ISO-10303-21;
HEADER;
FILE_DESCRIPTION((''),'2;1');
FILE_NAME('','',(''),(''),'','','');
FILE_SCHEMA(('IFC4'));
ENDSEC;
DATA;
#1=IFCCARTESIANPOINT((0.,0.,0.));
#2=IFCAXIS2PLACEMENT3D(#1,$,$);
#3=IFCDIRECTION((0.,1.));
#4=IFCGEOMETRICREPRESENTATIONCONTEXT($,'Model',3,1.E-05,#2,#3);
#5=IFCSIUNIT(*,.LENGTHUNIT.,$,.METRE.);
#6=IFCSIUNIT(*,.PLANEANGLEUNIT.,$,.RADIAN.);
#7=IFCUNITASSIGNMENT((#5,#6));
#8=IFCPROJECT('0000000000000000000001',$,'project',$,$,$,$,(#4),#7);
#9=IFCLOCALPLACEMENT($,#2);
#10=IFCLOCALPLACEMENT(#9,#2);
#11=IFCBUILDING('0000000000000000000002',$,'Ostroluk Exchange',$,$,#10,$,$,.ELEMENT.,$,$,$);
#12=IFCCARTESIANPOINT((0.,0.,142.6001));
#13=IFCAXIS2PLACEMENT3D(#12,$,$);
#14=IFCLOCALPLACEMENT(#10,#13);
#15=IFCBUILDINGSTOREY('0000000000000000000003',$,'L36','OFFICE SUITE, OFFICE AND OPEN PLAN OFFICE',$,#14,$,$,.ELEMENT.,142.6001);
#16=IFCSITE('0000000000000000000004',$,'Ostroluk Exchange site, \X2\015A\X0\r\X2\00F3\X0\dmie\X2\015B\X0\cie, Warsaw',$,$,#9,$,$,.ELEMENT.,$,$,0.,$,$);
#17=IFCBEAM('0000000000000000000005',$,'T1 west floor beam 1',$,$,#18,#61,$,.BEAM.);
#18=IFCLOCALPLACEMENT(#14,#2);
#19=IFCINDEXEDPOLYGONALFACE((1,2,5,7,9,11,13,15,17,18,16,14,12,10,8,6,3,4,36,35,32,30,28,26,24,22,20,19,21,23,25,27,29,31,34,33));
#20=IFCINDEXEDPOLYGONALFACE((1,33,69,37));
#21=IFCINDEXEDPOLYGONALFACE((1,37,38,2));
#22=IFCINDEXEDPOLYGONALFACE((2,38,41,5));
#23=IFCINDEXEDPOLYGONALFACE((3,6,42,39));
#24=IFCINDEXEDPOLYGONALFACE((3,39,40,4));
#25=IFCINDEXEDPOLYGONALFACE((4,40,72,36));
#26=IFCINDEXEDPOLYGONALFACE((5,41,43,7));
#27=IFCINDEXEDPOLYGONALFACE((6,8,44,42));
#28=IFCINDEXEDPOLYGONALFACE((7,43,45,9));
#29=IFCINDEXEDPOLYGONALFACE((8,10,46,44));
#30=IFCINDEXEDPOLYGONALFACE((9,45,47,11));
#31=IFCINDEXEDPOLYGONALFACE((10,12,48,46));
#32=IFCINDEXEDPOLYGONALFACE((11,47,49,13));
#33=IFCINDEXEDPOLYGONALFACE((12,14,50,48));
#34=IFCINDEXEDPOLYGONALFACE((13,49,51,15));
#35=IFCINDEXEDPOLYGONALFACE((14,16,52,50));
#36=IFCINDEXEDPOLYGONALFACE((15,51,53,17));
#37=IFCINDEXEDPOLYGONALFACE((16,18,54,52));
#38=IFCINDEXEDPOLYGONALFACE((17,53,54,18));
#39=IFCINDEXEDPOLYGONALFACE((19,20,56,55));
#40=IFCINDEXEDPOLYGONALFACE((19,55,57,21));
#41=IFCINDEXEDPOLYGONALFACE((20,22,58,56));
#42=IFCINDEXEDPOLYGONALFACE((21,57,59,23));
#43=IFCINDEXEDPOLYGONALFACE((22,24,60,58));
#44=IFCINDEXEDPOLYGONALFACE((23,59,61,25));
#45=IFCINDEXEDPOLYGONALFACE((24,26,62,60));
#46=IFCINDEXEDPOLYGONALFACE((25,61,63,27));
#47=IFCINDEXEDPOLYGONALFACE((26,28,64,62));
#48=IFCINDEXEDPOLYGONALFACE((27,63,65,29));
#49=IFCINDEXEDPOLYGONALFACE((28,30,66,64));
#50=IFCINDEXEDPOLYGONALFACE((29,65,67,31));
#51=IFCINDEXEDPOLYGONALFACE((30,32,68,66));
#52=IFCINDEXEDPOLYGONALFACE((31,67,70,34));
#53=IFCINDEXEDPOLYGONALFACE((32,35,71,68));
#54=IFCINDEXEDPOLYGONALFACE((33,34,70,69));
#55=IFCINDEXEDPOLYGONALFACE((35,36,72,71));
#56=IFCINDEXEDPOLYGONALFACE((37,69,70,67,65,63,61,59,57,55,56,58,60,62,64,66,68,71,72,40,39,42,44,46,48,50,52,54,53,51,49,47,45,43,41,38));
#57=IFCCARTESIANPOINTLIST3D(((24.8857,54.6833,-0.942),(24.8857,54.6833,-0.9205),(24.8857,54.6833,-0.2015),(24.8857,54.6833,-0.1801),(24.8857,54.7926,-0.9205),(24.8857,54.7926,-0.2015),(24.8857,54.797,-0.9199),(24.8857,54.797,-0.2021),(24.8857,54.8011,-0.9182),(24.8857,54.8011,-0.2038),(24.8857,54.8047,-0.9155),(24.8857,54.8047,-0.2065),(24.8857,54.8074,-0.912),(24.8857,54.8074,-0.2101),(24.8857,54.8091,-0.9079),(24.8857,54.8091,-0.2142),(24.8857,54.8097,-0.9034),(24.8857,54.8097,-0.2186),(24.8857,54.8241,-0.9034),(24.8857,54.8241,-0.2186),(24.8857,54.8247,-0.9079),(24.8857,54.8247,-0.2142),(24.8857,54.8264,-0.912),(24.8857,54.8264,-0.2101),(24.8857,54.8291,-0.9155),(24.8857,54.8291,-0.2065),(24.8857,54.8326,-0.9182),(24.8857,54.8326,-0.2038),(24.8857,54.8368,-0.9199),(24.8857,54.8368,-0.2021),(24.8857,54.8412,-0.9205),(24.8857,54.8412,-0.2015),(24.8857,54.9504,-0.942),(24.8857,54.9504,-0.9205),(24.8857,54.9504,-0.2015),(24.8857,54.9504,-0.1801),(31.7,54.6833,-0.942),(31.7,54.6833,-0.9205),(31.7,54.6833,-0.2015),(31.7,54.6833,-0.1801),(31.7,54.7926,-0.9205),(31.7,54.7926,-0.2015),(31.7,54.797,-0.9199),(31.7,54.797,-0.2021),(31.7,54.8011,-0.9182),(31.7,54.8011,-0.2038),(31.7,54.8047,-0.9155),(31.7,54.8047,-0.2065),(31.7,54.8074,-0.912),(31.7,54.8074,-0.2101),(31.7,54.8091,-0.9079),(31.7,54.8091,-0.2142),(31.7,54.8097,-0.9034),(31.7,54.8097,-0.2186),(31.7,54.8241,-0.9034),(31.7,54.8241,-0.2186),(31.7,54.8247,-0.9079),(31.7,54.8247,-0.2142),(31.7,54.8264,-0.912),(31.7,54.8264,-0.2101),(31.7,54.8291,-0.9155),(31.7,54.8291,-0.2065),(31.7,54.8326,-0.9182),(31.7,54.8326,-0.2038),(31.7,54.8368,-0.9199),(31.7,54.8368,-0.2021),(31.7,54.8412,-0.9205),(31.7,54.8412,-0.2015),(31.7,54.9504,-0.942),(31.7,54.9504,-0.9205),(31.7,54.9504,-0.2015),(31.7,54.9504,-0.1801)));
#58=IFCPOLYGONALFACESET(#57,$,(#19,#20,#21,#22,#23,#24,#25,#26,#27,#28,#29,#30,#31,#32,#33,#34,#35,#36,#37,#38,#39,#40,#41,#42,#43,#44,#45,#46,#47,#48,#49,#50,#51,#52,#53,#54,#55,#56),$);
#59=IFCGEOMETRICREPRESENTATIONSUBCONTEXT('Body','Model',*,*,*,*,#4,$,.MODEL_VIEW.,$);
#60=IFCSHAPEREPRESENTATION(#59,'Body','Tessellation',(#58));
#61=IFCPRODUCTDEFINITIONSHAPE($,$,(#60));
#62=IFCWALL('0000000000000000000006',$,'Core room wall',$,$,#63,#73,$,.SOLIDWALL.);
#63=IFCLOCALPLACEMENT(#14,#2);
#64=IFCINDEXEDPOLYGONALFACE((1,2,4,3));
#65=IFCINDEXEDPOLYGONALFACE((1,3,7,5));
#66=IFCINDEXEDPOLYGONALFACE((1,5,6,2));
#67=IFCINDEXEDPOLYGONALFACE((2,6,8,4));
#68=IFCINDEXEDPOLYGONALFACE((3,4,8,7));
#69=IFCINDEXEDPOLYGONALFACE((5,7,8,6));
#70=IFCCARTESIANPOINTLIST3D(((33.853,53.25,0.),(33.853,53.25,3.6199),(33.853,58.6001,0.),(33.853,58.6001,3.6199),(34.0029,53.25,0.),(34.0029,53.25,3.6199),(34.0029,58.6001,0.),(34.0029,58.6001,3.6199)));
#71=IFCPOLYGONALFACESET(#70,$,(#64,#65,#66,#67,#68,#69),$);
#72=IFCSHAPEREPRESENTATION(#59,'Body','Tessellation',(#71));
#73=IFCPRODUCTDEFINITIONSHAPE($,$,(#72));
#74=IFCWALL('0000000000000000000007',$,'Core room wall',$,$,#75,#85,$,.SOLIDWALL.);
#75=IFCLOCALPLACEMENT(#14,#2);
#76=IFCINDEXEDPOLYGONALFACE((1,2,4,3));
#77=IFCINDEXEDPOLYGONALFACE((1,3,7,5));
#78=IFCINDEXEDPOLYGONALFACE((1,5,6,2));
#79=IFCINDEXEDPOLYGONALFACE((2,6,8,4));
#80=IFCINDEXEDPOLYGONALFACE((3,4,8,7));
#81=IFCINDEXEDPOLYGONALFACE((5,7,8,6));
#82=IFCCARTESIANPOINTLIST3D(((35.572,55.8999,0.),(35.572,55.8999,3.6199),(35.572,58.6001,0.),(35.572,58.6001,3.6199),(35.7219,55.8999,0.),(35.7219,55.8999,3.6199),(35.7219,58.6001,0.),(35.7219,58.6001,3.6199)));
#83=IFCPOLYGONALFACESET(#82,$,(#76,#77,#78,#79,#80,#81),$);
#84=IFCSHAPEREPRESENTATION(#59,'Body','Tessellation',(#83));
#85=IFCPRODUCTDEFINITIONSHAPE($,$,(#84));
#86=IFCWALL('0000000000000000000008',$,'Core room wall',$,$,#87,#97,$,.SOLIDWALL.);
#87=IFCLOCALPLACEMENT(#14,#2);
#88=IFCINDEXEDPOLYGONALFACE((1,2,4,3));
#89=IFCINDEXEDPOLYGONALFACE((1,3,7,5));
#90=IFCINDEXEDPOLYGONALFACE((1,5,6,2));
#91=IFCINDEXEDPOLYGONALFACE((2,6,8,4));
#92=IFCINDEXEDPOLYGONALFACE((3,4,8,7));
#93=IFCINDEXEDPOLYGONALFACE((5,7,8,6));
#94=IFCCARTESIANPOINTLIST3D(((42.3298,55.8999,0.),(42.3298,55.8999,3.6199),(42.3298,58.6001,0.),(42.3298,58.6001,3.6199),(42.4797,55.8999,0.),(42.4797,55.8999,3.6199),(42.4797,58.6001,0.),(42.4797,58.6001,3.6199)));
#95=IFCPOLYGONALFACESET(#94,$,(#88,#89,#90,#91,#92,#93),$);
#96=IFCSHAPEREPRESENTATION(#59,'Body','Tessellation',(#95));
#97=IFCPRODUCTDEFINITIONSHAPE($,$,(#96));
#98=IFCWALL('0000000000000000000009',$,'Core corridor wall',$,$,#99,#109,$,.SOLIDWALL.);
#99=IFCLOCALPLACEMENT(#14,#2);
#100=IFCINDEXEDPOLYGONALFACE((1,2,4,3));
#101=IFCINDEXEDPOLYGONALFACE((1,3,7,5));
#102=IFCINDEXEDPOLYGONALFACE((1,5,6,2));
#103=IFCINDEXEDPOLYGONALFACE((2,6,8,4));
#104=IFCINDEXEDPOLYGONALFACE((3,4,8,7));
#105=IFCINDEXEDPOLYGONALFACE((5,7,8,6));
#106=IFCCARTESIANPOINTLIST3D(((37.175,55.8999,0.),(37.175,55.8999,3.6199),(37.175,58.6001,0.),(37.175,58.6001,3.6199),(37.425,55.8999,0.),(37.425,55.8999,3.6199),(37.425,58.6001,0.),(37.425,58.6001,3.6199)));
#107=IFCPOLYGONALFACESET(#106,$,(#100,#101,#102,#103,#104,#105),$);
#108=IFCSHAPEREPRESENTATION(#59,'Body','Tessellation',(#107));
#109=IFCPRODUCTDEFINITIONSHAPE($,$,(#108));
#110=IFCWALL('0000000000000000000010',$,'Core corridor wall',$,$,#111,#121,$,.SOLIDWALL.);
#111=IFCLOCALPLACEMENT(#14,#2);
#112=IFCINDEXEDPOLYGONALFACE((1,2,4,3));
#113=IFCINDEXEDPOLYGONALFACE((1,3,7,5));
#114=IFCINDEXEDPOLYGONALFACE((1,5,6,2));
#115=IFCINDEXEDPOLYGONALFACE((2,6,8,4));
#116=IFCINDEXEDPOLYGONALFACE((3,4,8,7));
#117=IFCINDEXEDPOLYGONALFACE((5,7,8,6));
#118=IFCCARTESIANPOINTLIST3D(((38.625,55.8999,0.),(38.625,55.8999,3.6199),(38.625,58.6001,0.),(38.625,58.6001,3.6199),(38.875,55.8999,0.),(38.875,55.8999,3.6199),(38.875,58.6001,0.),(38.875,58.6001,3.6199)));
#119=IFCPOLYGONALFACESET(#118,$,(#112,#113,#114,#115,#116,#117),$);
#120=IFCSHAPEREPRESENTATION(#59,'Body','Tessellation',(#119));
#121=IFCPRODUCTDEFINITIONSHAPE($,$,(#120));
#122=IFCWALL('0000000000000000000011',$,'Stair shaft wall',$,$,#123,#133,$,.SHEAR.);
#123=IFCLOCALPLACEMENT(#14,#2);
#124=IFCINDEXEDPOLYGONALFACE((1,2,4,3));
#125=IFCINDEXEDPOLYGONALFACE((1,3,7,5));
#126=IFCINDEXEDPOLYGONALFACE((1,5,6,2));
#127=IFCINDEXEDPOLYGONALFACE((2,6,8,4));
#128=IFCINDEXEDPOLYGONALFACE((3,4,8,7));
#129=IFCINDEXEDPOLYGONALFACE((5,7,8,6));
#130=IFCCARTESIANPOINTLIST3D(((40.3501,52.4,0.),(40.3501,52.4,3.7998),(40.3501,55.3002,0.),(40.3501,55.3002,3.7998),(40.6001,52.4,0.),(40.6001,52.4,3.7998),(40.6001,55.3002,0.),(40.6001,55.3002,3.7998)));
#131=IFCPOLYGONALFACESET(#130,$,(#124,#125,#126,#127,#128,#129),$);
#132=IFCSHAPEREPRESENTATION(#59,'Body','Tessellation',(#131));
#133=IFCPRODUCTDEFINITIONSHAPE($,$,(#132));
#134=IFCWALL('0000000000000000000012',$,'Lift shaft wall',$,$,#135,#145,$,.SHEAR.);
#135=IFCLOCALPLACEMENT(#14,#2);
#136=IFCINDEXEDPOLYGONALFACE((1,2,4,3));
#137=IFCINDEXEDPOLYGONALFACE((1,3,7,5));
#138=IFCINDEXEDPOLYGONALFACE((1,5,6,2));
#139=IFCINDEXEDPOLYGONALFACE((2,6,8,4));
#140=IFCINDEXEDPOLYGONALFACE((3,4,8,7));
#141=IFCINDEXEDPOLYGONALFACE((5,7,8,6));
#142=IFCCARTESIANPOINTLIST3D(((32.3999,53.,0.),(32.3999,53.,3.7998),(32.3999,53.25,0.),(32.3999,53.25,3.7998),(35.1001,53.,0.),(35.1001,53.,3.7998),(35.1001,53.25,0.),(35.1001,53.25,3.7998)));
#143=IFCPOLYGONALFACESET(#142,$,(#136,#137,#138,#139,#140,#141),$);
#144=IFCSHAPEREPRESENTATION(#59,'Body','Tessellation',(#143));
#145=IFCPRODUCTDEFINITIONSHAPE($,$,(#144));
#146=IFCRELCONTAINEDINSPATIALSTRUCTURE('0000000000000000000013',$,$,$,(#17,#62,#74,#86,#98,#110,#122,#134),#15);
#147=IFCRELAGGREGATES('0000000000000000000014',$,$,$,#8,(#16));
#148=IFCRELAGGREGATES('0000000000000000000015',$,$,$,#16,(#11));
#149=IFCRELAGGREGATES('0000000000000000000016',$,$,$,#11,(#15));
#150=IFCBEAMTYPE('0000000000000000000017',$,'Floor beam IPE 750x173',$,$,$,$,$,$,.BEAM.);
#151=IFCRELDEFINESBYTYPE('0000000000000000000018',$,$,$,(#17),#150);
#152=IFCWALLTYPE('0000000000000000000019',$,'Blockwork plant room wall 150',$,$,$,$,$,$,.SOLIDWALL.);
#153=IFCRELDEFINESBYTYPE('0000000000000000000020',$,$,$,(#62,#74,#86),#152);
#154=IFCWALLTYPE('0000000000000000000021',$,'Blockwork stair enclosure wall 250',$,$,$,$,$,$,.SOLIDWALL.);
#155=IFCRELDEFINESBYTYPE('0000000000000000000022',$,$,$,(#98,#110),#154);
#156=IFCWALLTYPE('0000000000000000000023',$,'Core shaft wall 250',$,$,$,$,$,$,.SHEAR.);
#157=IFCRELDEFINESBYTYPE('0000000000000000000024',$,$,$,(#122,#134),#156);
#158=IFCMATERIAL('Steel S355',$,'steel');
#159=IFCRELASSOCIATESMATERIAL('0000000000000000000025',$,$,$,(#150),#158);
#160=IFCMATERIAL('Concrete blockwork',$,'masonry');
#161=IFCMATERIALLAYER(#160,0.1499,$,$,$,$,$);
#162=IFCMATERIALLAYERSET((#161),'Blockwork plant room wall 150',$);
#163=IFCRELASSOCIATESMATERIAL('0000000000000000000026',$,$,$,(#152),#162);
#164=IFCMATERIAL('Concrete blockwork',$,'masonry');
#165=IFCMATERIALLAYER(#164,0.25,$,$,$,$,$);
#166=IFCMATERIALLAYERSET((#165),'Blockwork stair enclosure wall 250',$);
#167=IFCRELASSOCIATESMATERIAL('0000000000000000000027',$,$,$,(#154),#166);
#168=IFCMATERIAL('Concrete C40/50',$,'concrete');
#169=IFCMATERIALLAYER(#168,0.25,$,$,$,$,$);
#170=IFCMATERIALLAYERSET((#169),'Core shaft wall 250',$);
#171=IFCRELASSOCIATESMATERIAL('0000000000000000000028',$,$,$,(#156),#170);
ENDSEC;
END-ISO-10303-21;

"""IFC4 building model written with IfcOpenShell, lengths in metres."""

from ifc_helpers import new_model, si_unit, direction, frame, frame_2d, origin, origin_2d, place, context, subcontext, project, spatial, rectangle, i_section, extrude, material, layer, layer_set, material_profile, profile_set, type_object, element, save


model = new_model("IFC4")

# Units and contexts
model_context = context("Model", 3, precision=1e-05, world=origin(), true_north=direction((0.0, 1.0)))
body_context = subcontext(model_context, "Body", "Model", "MODEL_VIEW")
ifc_project = project(units=[si_unit("LENGTHUNIT", "METRE"), si_unit("PLANEANGLEUNIT", "RADIAN")], contexts=[model_context])

# Site, building, storey
site_placement = place(None, origin())
site = spatial("IfcSite", under=ifc_project, at=site_placement, Name="Ostroluk Exchange site, Śródmieście, Warsaw", CompositionType="ELEMENT", RefElevation=0.0)
building_placement = place(site_placement, origin())
building = spatial("IfcBuilding", under=site, at=building_placement, Name="Ostroluk Exchange", CompositionType="ELEMENT")
storey_placement = place(building_placement, frame((0.0, 0.0, 142.6001)))
storey = spatial("IfcBuildingStorey", under=building, at=storey_placement, Name="L36", Description="OFFICE SUITE, OFFICE AND OPEN PLAN OFFICE", CompositionType="ELEMENT", Elevation=142.6001)

# Beam
ifc_material_1 = material(Name="Steel S355", Category="steel")
ifc_material_profile = material_profile(ifc_material_1, i_section(OverallWidth=0.2671, OverallDepth=0.762, WebThickness=0.0144, FlangeThickness=0.0215, FilletRadius=0.0171, at=origin_2d()), Name="IPE 750x173")
ifc_profile_set = profile_set([ifc_material_profile], Name="Steel S355")
beam_type = type_object("IfcBeamType", Name="Floor beam IPE 750x173", PredefinedType="BEAM", material=ifc_profile_set)
beam_placement = place(storey_placement, frame((31.7, 54.8169, -0.561), z_axis=(-1.0, 0.0, 0.0), x_axis=(0.0, -1.0, 0.0)))
element("IfcBeam", 1, at=beam_placement, inside=storey, type_object=beam_type, Name="T1 west floor beam 1", PredefinedType="BEAM", context=body_context, shape_type="SweptSolid", body=[
    extrude(i_section(OverallWidth=0.2671, OverallDepth=0.762, WebThickness=0.0144, FlangeThickness=0.0215, FilletRadius=0.0171, at=origin_2d()), origin(), (0.0, 0.0, 1.0), 6.8142),
])

# Walls
ifc_material_2 = material(Name="Concrete blockwork", Category="masonry")
ifc_layer_1 = layer(ifc_material_2, 0.1499)
ifc_layer_set_1 = layer_set([ifc_layer_1], Name="Blockwork plant room wall 150")
wall_type_1 = type_object("IfcWallType", Name="Blockwork plant room wall 150", PredefinedType="SOLIDWALL", material=ifc_layer_set_1)
wall_1_placement = place(storey_placement, frame((33.928, 53.25, 0.0), z_axis=(0.0, 0.0, 1.0), x_axis=(0.0, 1.0, 0.0)))
element("IfcWall", 2, at=wall_1_placement, inside=storey, type_object=wall_type_1, Name="Core room wall", PredefinedType="SOLIDWALL", context=body_context, shape_type="SweptSolid", body=[
    extrude(rectangle(XDim=5.3501, YDim=0.1499, at=frame_2d((2.675, 0.0))), origin(), (0.0, 0.0, 1.0), 3.6199),
])
for number, where, z_axis, x_axis, name in (
    (3, (35.647, 55.8999, 0.0), (0.0, 0.0, 1.0), (0.0, 1.0, 0.0), "Core room wall"),
    (4, (42.4048, 55.8999, 0.0), (0.0, 0.0, 1.0), (0.0, 1.0, 0.0), "Core room wall"),
):
    element("IfcWall", number, at=place(storey_placement, frame(where, z_axis=z_axis, x_axis=x_axis)), inside=storey, type_object=wall_type_1, Name=name, PredefinedType="SOLIDWALL", context=body_context, shape_type="SweptSolid", body=[
        extrude(rectangle(XDim=2.7002, YDim=0.1499, at=frame_2d((1.3501, 0.0))), origin(), (0.0, 0.0, 1.0), 3.6199),
    ])
ifc_material_3 = material(Name="Concrete blockwork", Category="masonry")
ifc_layer_2 = layer(ifc_material_3, 0.25)
ifc_layer_set_2 = layer_set([ifc_layer_2], Name="Blockwork stair enclosure wall 250")
wall_type_2 = type_object("IfcWallType", Name="Blockwork stair enclosure wall 250", PredefinedType="SOLIDWALL", material=ifc_layer_set_2)
for number, where, z_axis, x_axis, name in (
    (5, (37.3, 55.8999, 0.0), (0.0, 0.0, 1.0), (0.0, 1.0, 0.0), "Core corridor wall"),
    (6, (38.75, 55.8999, 0.0), (0.0, 0.0, 1.0), (0.0, 1.0, 0.0), "Core corridor wall"),
):
    element("IfcWall", number, at=place(storey_placement, frame(where, z_axis=z_axis, x_axis=x_axis)), inside=storey, type_object=wall_type_2, Name=name, PredefinedType="SOLIDWALL", context=body_context, shape_type="SweptSolid", body=[
        extrude(rectangle(XDim=2.7002, YDim=0.25, at=frame_2d((1.3501, 0.0))), origin(), (0.0, 0.0, 1.0), 3.6199),
    ])
ifc_material_4 = material(Name="Concrete C40/50", Category="concrete")
ifc_layer_3 = layer(ifc_material_4, 0.25)
ifc_layer_set_3 = layer_set([ifc_layer_3], Name="Core shaft wall 250")
wall_type_3 = type_object("IfcWallType", Name="Core shaft wall 250", PredefinedType="SHEAR", material=ifc_layer_set_3)
wall_2_placement = place(storey_placement, frame((40.4751, 52.3999, 0.0), z_axis=(0.0, 0.0, 1.0), x_axis=(0.0, 1.0, 0.0)))
element("IfcWall", 7, at=wall_2_placement, inside=storey, type_object=wall_type_3, Name="Stair shaft wall", PredefinedType="SHEAR", context=body_context, shape_type="SweptSolid", body=[
    extrude(rectangle(XDim=2.9001, YDim=0.25, at=frame_2d((1.4502, 0.0))), origin(), (0.0, 0.0, 1.0), 3.7998),
])
wall_3_placement = place(storey_placement, frame((32.3999, 53.125, 0.0), z_axis=(0.0, 0.0, 1.0), x_axis=(1.0, 0.0, 0.0)))
element("IfcWall", 8, at=wall_3_placement, inside=storey, type_object=wall_type_3, Name="Lift shaft wall", PredefinedType="SHEAR", context=body_context, shape_type="SweptSolid", body=[
    extrude(rectangle(XDim=2.7002, YDim=0.25, at=frame_2d((1.3501, 0.0))), origin(), (0.0, 0.0, 1.0), 3.7998),
])

save(model, "model.ifc")
